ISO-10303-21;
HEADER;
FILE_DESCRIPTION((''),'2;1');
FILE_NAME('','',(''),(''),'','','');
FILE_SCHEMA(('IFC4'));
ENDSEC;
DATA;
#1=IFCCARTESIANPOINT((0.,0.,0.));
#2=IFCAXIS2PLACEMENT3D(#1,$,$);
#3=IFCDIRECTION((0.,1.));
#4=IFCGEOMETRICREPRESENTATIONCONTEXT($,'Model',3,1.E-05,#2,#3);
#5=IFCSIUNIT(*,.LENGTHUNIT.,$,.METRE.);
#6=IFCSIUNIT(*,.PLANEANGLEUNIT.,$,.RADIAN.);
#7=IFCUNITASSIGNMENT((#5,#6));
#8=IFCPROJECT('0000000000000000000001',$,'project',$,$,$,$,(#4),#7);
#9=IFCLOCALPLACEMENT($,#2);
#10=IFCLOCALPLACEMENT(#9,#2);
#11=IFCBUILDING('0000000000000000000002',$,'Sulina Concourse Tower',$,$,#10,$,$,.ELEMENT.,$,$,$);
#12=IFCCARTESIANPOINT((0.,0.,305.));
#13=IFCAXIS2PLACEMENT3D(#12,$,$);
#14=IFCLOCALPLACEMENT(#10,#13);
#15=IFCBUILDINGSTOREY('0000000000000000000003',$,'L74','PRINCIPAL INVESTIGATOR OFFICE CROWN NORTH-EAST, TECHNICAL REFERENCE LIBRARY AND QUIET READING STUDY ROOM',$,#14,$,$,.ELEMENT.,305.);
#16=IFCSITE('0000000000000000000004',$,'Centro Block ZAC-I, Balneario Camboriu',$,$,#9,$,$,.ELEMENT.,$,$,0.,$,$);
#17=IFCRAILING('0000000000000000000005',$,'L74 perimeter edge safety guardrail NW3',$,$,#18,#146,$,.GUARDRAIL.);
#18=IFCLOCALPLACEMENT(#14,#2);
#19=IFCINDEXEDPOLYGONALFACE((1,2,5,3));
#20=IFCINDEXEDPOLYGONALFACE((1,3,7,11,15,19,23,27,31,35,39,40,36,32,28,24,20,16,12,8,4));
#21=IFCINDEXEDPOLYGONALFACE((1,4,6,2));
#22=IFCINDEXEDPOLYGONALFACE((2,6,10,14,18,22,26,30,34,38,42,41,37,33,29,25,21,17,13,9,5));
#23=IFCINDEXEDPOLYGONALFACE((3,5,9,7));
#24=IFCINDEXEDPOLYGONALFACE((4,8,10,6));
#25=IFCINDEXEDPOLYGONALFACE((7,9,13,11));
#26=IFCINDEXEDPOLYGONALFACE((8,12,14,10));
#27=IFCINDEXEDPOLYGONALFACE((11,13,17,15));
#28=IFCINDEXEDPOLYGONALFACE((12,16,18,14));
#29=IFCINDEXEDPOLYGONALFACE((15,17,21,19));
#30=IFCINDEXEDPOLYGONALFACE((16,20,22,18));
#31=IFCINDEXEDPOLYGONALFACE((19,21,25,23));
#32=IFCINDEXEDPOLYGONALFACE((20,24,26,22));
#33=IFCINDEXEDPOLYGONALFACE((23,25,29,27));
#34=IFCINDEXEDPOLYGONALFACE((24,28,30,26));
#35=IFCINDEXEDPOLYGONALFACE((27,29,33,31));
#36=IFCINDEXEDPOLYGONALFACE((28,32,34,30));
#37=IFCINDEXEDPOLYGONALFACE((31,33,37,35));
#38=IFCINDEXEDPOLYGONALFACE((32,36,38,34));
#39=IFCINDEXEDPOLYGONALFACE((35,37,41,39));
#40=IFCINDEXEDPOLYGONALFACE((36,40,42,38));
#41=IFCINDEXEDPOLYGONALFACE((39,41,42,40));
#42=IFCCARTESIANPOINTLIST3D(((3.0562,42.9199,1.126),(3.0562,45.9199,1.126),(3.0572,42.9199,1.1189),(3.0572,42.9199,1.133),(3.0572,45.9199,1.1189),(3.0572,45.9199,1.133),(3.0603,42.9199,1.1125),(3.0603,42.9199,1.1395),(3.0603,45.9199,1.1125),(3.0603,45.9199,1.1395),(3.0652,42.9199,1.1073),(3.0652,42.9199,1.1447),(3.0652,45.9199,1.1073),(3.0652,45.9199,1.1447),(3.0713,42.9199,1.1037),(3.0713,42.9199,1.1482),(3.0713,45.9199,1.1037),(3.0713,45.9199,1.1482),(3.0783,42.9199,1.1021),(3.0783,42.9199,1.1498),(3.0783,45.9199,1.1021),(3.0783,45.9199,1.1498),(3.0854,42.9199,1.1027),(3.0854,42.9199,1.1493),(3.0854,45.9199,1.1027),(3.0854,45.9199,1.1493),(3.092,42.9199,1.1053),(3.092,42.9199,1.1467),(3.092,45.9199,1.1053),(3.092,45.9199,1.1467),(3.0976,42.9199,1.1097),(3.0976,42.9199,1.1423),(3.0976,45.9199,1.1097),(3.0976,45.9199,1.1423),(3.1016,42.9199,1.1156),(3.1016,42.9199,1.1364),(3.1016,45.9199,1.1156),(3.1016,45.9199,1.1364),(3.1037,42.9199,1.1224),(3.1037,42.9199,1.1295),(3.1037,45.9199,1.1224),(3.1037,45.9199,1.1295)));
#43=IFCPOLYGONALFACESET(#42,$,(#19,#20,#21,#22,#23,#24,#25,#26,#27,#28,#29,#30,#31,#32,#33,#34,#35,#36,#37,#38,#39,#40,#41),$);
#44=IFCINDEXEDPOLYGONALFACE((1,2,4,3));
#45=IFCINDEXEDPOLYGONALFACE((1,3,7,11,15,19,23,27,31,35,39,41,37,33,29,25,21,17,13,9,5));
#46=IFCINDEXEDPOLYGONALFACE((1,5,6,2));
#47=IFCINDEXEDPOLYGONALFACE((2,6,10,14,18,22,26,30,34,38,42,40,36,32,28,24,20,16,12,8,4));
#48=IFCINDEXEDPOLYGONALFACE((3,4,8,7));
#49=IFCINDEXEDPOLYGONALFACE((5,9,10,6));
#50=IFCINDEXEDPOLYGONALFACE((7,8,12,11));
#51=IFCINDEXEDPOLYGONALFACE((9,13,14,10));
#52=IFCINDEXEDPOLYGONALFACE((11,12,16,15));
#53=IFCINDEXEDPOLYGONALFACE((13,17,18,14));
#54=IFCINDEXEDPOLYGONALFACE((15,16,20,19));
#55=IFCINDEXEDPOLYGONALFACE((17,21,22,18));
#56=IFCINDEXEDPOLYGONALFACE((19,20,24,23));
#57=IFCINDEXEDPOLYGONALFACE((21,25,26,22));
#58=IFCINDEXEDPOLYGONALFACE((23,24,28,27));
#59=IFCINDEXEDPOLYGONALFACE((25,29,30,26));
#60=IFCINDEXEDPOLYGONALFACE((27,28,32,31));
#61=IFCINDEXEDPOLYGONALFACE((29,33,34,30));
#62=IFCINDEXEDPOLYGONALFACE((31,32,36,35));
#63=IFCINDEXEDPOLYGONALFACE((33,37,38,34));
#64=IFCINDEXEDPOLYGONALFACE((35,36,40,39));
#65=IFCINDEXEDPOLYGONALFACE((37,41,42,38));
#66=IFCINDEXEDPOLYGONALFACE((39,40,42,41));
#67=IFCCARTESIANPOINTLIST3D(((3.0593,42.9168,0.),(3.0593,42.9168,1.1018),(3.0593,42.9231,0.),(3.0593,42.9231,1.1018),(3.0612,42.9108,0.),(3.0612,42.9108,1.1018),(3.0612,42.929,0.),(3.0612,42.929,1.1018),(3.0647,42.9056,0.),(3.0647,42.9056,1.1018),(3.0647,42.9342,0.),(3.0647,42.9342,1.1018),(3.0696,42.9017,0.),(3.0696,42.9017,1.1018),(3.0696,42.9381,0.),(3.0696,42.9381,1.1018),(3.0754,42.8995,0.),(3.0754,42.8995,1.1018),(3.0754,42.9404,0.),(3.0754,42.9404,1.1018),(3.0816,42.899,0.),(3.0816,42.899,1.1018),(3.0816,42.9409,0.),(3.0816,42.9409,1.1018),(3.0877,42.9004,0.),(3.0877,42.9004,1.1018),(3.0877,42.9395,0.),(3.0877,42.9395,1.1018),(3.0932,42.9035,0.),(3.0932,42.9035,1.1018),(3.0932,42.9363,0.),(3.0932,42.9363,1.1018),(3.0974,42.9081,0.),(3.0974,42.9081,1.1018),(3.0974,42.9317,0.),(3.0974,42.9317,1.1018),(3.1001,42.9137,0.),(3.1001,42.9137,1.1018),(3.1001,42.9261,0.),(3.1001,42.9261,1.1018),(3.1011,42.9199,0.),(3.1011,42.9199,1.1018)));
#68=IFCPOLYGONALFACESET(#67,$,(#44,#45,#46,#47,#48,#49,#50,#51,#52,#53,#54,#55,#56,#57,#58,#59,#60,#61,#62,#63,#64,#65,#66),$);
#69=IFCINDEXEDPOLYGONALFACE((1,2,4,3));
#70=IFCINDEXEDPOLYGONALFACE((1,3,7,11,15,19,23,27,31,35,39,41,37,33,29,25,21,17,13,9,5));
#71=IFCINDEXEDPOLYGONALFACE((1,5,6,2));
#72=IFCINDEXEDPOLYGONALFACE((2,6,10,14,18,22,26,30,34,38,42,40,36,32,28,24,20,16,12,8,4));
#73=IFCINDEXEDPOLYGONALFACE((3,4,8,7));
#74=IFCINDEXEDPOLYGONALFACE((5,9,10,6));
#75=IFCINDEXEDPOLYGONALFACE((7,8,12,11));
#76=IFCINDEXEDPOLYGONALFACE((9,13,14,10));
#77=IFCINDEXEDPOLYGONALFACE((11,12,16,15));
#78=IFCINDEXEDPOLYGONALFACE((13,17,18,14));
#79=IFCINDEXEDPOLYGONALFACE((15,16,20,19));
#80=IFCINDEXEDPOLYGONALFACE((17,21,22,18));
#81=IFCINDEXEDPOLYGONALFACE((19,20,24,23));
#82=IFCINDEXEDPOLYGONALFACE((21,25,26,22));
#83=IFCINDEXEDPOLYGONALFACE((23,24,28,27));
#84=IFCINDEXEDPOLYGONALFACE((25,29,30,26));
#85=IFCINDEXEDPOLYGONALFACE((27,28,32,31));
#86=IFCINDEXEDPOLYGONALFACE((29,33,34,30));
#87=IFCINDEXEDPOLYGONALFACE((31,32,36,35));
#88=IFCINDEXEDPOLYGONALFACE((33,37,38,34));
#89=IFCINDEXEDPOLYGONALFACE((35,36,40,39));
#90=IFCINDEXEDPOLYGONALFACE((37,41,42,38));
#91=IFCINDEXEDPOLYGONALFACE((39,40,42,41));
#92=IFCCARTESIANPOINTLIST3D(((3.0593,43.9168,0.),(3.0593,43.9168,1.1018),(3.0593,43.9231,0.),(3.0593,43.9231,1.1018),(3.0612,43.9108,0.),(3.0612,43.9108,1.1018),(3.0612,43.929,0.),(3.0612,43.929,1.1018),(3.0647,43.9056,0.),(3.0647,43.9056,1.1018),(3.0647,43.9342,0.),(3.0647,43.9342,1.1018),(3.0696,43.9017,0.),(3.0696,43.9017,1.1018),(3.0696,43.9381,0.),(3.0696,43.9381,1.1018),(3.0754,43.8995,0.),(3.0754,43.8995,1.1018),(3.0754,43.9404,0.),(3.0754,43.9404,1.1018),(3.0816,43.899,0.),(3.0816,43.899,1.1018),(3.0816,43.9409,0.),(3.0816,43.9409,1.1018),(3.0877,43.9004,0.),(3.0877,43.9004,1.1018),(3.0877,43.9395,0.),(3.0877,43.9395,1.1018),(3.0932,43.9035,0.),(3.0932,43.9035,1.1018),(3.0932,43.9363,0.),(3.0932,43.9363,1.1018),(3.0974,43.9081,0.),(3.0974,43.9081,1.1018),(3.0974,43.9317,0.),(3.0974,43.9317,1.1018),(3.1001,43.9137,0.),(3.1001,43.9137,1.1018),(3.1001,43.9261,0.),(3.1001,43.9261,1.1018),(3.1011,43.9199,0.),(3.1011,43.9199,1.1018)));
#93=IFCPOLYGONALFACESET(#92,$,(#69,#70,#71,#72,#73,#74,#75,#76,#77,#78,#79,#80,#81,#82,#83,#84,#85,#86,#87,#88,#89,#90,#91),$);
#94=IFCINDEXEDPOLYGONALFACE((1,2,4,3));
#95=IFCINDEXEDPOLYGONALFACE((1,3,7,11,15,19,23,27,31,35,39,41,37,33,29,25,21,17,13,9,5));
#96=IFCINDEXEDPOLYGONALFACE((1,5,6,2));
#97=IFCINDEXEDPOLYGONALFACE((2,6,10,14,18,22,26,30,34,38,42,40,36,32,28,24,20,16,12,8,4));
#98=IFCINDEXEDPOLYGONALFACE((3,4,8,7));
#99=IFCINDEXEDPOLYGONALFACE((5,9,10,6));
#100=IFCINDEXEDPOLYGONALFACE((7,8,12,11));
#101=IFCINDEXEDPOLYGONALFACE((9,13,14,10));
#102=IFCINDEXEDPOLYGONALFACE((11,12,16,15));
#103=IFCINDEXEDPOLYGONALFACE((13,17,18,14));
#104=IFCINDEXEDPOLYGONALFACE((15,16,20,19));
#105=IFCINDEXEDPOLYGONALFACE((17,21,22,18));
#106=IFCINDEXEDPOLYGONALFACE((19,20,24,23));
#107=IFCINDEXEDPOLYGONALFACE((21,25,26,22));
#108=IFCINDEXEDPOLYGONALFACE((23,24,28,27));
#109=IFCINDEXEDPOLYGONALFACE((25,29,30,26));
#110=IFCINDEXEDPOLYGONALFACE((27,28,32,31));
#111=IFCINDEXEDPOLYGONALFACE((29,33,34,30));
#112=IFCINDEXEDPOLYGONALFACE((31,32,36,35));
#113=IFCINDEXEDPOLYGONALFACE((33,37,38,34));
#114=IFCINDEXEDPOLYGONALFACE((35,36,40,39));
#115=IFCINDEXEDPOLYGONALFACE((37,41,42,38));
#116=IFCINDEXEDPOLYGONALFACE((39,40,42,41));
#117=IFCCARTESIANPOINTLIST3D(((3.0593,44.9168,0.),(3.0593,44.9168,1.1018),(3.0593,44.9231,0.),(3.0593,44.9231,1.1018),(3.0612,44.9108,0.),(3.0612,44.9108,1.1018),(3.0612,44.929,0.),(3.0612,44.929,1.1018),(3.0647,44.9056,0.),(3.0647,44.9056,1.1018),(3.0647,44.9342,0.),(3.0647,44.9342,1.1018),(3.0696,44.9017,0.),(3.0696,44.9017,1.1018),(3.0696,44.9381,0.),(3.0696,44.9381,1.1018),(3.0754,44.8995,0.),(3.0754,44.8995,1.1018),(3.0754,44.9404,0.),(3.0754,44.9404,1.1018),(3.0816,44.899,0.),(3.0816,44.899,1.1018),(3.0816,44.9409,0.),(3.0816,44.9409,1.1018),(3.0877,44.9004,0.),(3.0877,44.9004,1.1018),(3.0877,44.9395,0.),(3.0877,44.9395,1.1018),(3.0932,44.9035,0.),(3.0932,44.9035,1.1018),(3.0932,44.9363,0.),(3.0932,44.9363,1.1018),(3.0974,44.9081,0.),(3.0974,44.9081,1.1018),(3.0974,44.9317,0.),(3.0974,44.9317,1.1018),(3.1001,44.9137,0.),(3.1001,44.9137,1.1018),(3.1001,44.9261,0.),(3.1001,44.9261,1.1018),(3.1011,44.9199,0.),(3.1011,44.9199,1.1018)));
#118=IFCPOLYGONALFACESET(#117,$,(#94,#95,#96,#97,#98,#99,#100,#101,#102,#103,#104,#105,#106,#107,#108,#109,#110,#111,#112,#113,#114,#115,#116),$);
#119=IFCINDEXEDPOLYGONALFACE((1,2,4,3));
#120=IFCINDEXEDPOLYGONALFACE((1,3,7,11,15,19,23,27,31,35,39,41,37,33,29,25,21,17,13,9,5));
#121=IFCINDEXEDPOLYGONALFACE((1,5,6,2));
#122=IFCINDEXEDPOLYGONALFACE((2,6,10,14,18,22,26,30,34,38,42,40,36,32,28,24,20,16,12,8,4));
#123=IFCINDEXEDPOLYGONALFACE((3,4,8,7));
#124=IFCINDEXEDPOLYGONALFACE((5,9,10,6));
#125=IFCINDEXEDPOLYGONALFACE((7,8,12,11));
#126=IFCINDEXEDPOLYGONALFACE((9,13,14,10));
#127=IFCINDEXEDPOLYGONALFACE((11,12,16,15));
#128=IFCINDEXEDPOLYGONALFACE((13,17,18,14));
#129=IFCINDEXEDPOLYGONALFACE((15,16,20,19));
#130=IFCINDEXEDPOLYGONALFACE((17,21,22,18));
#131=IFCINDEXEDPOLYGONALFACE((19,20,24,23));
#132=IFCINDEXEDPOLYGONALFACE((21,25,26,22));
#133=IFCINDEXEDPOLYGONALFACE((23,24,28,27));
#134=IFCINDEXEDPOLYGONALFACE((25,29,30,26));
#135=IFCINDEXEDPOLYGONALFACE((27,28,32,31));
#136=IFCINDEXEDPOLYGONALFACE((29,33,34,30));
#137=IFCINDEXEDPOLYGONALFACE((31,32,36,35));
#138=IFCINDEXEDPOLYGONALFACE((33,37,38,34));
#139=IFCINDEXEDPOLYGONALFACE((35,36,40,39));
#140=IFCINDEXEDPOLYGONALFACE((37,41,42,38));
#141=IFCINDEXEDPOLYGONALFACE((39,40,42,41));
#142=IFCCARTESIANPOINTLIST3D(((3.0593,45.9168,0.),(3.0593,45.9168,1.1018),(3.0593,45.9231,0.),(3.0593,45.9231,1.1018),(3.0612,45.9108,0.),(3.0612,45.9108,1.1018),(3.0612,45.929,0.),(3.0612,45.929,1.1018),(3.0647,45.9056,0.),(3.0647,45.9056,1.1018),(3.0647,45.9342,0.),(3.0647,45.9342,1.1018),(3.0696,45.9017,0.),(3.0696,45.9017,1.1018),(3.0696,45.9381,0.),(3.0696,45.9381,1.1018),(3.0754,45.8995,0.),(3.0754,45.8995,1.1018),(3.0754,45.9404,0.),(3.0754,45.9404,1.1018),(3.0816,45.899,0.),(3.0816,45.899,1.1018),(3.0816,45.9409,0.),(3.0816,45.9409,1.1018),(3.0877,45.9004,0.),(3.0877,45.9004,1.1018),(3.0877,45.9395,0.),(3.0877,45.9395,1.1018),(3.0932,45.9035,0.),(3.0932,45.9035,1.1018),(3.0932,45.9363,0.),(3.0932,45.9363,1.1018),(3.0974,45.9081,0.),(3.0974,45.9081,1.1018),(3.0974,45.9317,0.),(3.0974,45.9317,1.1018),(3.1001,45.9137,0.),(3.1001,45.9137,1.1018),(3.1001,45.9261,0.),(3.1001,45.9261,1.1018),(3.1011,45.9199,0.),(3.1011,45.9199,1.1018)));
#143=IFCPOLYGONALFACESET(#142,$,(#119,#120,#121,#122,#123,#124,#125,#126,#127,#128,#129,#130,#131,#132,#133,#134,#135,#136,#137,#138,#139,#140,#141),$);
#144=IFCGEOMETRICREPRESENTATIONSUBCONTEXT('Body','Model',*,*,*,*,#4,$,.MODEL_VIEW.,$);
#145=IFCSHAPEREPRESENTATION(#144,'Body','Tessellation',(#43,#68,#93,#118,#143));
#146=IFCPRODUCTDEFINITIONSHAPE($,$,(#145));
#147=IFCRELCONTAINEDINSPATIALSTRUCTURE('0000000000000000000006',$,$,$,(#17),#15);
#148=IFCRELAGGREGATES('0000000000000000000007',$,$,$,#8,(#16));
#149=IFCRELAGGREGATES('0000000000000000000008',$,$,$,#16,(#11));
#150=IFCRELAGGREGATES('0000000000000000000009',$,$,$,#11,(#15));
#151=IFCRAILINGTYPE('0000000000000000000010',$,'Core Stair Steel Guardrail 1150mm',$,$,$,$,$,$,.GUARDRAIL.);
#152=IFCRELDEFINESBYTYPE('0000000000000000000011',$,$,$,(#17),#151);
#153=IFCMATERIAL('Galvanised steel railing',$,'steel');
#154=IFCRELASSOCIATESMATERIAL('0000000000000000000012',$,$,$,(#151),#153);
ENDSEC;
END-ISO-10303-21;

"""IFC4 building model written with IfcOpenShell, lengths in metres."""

from ifc_helpers import new_model, si_unit, direction, frame, origin, origin_2d, place, context, subcontext, project, spatial, circle, extrude, material, type_object, element, save


model = new_model("IFC4")

# Units and contexts
model_context = context("Model", 3, precision=1e-05, world=origin(), true_north=direction((0.0, 1.0)))
body_context = subcontext(model_context, "Body", "Model", "MODEL_VIEW")
ifc_project = project(units=[si_unit("LENGTHUNIT", "METRE"), si_unit("PLANEANGLEUNIT", "RADIAN")], contexts=[model_context])

# Site, building, storey
site_placement = place(None, origin())
site = spatial("IfcSite", under=ifc_project, at=site_placement, Name="Centro Block ZAC-I, Balneario Camboriu", CompositionType="ELEMENT", RefElevation=0.0)
building_placement = place(site_placement, origin())
building = spatial("IfcBuilding", under=site, at=building_placement, Name="Sulina Concourse Tower", CompositionType="ELEMENT")
storey_placement = place(building_placement, frame((0.0, 0.0, 305.0)))
storey = spatial("IfcBuildingStorey", under=building, at=storey_placement, Name="L74", Description="PRINCIPAL INVESTIGATOR OFFICE CROWN NORTH-EAST, TECHNICAL REFERENCE LIBRARY AND QUIET READING STUDY ROOM", CompositionType="ELEMENT", Elevation=305.0)

# Railing
ifc_material_1 = material(Name="Galvanised steel railing", Category="steel")
railing_type_1 = type_object("IfcRailingType", Name="Core Stair Steel Guardrail 1150mm", PredefinedType="GUARDRAIL", material=ifc_material_1)
railing_1_placement = place(storey_placement, frame((3.0801, 42.9199, 0.0)))
element("IfcRailing", 1, at=railing_1_placement, inside=storey, type_object=railing_type_1, Name="L74 perimeter edge safety guardrail NW3", PredefinedType="GUARDRAIL", context=body_context, shape_type="SweptSolid", body=[
    extrude(circle(Radius=0.0239, at=origin_2d()), frame((0.0, 0.0, 1.126), z_axis=(0.0, 1.0, 0.0), x_axis=(-1.0, 0.0, 0.0)), (0.0, 0.0, 1.0), 3.0),
    extrude(circle(Radius=0.021, at=origin_2d()), origin(), (0.0, 0.0, 1.0), 1.1018),
    extrude(circle(Radius=0.021, at=origin_2d()), frame((0.0, 1.0, 0.0)), (0.0, 0.0, 1.0), 1.1018),
    extrude(circle(Radius=0.021, at=origin_2d()), frame((0.0, 2.0, 0.0)), (0.0, 0.0, 1.0), 1.1018),
    extrude(circle(Radius=0.021, at=origin_2d()), frame((0.0, 3.0, 0.0)), (0.0, 0.0, 1.0), 1.1018),
])

save(model, "model.ifc")
